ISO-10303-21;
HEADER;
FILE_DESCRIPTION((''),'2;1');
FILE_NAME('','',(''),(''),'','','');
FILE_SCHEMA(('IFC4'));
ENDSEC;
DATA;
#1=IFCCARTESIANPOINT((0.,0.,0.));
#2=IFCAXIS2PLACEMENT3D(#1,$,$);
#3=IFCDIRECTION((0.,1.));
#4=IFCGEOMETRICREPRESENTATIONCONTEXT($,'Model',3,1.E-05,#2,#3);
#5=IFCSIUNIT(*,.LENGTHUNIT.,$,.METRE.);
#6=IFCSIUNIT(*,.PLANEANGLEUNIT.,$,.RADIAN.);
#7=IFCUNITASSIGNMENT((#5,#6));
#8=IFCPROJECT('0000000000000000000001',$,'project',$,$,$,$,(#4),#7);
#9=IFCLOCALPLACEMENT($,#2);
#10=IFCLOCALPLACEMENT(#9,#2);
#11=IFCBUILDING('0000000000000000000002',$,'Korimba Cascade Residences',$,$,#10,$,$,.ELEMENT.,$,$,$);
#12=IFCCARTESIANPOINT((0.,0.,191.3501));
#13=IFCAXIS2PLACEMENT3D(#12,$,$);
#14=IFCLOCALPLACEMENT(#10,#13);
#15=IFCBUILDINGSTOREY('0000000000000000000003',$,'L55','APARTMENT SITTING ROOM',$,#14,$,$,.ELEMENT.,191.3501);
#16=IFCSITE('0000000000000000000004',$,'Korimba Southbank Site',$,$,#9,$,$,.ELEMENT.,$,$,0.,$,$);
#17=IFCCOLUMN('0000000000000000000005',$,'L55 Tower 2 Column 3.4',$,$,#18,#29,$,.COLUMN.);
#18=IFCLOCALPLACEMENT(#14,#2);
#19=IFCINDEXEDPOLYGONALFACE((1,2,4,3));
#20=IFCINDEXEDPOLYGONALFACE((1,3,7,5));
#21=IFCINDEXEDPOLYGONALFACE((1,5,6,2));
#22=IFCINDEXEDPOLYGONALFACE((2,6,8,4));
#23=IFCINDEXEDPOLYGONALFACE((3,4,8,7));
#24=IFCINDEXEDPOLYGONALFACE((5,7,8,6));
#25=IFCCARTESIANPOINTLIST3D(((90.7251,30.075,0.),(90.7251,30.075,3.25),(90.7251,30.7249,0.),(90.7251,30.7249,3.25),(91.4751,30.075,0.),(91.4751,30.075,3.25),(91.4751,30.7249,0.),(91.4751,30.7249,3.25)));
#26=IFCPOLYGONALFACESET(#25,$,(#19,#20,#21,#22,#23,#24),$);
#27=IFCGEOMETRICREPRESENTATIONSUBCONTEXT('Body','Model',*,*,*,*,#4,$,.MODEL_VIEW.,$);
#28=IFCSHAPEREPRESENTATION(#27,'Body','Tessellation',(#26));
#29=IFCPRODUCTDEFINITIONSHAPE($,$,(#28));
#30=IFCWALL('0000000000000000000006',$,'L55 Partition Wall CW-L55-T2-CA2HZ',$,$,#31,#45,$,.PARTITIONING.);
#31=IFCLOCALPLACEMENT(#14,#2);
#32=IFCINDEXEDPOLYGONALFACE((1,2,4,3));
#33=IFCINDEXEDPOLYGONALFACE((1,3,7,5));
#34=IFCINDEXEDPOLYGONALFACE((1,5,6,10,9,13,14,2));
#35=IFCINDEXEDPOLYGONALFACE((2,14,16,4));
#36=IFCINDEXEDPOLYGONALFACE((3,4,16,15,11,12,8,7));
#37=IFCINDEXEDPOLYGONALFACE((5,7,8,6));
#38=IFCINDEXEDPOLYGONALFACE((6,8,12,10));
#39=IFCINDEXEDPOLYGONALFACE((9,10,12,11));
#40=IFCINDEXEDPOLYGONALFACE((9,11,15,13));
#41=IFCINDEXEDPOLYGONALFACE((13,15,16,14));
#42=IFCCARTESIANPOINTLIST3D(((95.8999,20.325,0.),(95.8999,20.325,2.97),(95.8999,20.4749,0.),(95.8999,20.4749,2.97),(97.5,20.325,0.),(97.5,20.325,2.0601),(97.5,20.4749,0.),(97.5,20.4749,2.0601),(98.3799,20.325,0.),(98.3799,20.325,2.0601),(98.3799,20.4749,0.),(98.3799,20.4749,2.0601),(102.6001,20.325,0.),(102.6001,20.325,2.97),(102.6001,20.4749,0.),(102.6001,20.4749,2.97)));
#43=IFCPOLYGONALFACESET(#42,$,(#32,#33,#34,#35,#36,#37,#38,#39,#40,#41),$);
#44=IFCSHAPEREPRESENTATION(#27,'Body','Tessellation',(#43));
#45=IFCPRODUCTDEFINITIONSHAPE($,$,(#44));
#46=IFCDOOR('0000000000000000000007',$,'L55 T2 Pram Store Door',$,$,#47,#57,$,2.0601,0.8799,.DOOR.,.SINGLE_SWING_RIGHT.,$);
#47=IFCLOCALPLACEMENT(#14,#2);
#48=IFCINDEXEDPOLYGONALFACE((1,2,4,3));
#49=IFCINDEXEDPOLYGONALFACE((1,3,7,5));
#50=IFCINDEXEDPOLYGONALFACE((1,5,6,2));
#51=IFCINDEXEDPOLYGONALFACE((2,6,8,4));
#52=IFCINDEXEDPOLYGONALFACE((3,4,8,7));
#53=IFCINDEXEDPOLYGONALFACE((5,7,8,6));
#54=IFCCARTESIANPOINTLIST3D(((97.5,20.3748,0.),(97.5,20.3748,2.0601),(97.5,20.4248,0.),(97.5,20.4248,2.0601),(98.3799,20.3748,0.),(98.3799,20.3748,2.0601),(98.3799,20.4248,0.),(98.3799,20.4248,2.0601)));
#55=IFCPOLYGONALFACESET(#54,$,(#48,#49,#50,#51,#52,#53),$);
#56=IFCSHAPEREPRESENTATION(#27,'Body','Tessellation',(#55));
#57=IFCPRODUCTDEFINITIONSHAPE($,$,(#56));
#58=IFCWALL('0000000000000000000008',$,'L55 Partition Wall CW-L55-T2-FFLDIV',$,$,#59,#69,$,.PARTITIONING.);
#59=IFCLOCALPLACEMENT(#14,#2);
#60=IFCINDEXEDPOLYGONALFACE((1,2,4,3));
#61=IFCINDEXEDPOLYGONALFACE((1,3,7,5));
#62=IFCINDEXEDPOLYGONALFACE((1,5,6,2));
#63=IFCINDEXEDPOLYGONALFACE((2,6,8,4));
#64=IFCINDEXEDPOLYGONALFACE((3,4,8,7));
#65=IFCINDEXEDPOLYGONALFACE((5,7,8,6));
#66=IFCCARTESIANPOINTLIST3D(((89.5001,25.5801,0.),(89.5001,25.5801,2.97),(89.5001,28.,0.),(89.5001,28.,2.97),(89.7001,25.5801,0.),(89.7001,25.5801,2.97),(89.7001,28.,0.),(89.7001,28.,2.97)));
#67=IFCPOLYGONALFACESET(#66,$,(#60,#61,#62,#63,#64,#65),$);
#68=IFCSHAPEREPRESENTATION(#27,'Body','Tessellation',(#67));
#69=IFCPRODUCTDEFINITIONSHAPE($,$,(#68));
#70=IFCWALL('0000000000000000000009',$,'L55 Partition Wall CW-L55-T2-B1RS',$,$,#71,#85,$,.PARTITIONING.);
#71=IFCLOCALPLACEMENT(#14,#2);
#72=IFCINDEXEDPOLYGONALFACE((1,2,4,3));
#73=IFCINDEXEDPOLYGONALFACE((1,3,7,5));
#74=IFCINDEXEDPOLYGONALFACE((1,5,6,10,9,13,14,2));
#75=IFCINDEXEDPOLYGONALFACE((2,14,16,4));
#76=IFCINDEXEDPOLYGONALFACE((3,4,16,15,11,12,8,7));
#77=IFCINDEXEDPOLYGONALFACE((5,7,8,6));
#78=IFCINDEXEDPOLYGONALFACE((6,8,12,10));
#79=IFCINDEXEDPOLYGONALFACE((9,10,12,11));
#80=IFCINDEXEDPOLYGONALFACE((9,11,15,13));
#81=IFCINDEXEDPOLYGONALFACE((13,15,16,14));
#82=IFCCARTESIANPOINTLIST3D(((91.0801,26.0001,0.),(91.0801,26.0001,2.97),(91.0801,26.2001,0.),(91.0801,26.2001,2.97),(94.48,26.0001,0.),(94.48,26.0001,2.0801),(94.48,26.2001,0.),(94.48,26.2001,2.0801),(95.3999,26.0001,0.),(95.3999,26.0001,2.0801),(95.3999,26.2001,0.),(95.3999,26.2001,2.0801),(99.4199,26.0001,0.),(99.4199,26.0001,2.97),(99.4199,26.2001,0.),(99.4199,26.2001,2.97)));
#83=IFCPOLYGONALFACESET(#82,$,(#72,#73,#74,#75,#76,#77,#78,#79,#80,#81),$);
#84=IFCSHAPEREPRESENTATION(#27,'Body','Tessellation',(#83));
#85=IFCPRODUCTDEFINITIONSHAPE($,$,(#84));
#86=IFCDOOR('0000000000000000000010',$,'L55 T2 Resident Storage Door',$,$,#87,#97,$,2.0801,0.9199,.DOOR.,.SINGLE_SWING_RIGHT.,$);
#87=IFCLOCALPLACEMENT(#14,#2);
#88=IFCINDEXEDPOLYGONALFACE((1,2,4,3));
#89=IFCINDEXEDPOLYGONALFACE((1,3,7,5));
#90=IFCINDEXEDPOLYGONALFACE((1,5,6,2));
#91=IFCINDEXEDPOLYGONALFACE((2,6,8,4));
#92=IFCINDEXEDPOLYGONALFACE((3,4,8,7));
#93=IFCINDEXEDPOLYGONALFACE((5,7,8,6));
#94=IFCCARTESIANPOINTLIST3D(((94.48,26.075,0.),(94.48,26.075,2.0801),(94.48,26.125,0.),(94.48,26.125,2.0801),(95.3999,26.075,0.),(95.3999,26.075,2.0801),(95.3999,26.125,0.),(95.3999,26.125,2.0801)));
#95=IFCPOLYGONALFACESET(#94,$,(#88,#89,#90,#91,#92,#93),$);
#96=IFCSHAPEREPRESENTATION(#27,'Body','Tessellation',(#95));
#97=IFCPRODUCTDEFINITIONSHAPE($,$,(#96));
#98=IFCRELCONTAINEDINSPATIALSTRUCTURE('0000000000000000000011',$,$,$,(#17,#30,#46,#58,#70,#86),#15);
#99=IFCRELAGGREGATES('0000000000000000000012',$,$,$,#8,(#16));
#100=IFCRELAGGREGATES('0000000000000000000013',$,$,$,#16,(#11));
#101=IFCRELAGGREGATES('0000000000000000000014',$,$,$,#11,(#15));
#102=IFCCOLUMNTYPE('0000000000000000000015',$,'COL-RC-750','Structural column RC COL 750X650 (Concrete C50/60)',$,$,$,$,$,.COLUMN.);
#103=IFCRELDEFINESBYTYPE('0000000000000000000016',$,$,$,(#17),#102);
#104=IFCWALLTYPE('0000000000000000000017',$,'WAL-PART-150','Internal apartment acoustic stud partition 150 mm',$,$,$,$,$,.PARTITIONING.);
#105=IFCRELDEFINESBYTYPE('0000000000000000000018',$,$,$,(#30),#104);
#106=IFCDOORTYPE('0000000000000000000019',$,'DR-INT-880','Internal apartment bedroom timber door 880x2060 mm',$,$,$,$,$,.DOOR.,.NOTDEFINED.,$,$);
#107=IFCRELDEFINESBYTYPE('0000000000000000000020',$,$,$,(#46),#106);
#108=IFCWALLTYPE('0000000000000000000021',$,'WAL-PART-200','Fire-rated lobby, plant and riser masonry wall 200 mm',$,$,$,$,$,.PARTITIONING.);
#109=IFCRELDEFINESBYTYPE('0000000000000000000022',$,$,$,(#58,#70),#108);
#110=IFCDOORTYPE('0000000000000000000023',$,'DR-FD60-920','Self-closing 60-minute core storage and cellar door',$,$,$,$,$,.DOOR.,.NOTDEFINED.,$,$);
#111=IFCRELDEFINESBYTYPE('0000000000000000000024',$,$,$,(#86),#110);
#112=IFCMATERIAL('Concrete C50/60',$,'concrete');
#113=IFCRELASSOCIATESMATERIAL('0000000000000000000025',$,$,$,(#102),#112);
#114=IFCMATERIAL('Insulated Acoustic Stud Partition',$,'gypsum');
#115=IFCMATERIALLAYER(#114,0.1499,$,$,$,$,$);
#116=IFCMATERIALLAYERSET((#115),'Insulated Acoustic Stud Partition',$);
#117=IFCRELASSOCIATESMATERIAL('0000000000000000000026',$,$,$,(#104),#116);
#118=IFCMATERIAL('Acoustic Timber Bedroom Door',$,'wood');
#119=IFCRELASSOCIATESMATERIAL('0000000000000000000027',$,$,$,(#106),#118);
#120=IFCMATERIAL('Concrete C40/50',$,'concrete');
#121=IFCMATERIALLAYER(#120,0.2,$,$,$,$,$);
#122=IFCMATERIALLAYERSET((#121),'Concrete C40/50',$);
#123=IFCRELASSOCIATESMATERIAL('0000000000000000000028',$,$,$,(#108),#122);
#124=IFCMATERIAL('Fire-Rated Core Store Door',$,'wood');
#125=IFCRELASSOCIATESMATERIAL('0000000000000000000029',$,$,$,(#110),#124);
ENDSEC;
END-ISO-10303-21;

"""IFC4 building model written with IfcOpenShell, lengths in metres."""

from ifc_helpers import new_model, si_unit, direction, frame, frame_2d, origin, origin_2d, place, context, subcontext, project, spatial, rectangle, extrude, material, layer, layer_set, material_profile, profile_set, type_object, element, fill, save


model = new_model("IFC4")

# Units and contexts
model_context = context("Model", 3, precision=1e-05, world=origin(), true_north=direction((0.0, 1.0)))
body_context = subcontext(model_context, "Body", "Model", "MODEL_VIEW")
ifc_project = project(units=[si_unit("LENGTHUNIT", "METRE"), si_unit("PLANEANGLEUNIT", "RADIAN")], contexts=[model_context])

# Site, building, storey
site_placement = place(None, origin())
site = spatial("IfcSite", under=ifc_project, at=site_placement, Name="Korimba Southbank Site", CompositionType="ELEMENT", RefElevation=0.0)
building_placement = place(site_placement, origin())
building = spatial("IfcBuilding", under=site, at=building_placement, Name="Korimba Cascade Residences", CompositionType="ELEMENT")
storey_placement = place(building_placement, frame((0.0, 0.0, 191.3501)))
storey = spatial("IfcBuildingStorey", under=building, at=storey_placement, Name="L55", Description="APARTMENT SITTING ROOM", CompositionType="ELEMENT", Elevation=191.3501)

# Column
ifc_material_1 = material(Name="Concrete C50/60", Category="concrete")
ifc_material_profile = material_profile(ifc_material_1, rectangle(XDim=0.75, YDim=0.6499, at=origin_2d()), Name="Concrete C50/60")
ifc_profile_set = profile_set([ifc_material_profile], Name="Concrete C50/60")
column_type = type_object("IfcColumnType", Name="COL-RC-750", Description="Structural column RC COL 750X650 (Concrete C50/60)", PredefinedType="COLUMN", material=ifc_profile_set)
column_placement = place(storey_placement, frame((91.1001, 30.3999, 0.0), z_axis=(0.0, 0.0, 1.0), x_axis=(1.0, 0.0, 0.0)))
element("IfcColumn", 1, at=column_placement, inside=storey, type_object=column_type, Name="L55 Tower 2 Column 3.4", PredefinedType="COLUMN", context=body_context, shape_type="SweptSolid", body=[
    extrude(rectangle(XDim=0.75, YDim=0.6499, at=origin_2d()), origin(), (0.0, 0.0, 1.0), 3.25),
])

# Wall, opening, door
ifc_material_2 = material(Name="Insulated Acoustic Stud Partition", Category="gypsum")
ifc_layer_1 = layer(ifc_material_2, 0.1499)
ifc_layer_set_1 = layer_set([ifc_layer_1], Name="Insulated Acoustic Stud Partition")
wall_type_1 = type_object("IfcWallType", Name="WAL-PART-150", Description="Internal apartment acoustic stud partition 150 mm", PredefinedType="PARTITIONING", material=ifc_layer_set_1)
wall_1_placement = place(storey_placement, frame((95.8999, 20.3999, 0.0), z_axis=(0.0, 0.0, 1.0), x_axis=(1.0, 0.0, 0.0)))
wall_1 = element("IfcWall", 2, at=wall_1_placement, inside=storey, type_object=wall_type_1, Name="L55 Partition Wall CW-L55-T2-CA2HZ", PredefinedType="PARTITIONING", context=body_context, shape_type="SweptSolid", body=[
    extrude(rectangle(XDim=6.7002, YDim=0.1499, at=frame_2d((3.3501, 0.0))), origin(), (0.0, 0.0, 1.0), 2.97),
])
opening_1_placement = place(wall_1_placement, frame((1.6001, 0.0, 0.0)))
opening_1 = element("IfcOpeningElement", 3, at=opening_1_placement, cuts=wall_1, PredefinedType="OPENING", context=body_context, shape_type="SweptSolid", body=[
    extrude(rectangle(XDim=0.8799, YDim=2.0601, at=frame_2d((0.4399, 1.03))), frame((0.0, 0.085, 0.0), z_axis=(0.0, -1.0, 0.0), x_axis=(1.0, 0.0, 0.0)), (0.0, 0.0, 1.0), 0.1699),
])
ifc_material_3 = material(Name="Acoustic Timber Bedroom Door", Category="wood")
door_type_1 = type_object("IfcDoorType", Name="DR-INT-880", Description="Internal apartment bedroom timber door 880x2060 mm", OperationType="NOTDEFINED", PredefinedType="DOOR", material=ifc_material_3)
door_1_placement = place(opening_1_placement, origin())
door_1 = element("IfcDoor", 4, at=door_1_placement, inside=storey, type_object=door_type_1, Name="L55 T2 Pram Store Door", OperationType="SINGLE_SWING_RIGHT", OverallHeight=2.0601, OverallWidth=0.8799, PredefinedType="DOOR", context=body_context, shape_type="SweptSolid", body=[
    extrude(rectangle(XDim=0.8799, YDim=2.0601, at=frame_2d((0.4399, 1.03))), frame((0.0, 0.0249, 0.0), z_axis=(0.0, -1.0, 0.0), x_axis=(1.0, 0.0, 0.0)), (0.0, 0.0, 1.0), 0.05),
])
fill(opening_1, door_1)

# Wall
ifc_material_4 = material(Name="Concrete C40/50", Category="concrete")
ifc_layer_2 = layer(ifc_material_4, 0.2)
ifc_layer_set_2 = layer_set([ifc_layer_2], Name="Concrete C40/50")
wall_type_2 = type_object("IfcWallType", Name="WAL-PART-200", Description="Fire-rated lobby, plant and riser masonry wall 200 mm", PredefinedType="PARTITIONING", material=ifc_layer_set_2)
wall_2_placement = place(storey_placement, frame((89.6001, 25.5801, 0.0), z_axis=(0.0, 0.0, 1.0), x_axis=(0.0, 1.0, 0.0)))
element("IfcWall", 5, at=wall_2_placement, inside=storey, type_object=wall_type_2, Name="L55 Partition Wall CW-L55-T2-FFLDIV", PredefinedType="PARTITIONING", context=body_context, shape_type="SweptSolid", body=[
    extrude(rectangle(XDim=2.4199, YDim=0.2, at=frame_2d((1.21, 0.0))), origin(), (0.0, 0.0, 1.0), 2.97),
])

# Wall, opening, door
wall_3_placement = place(storey_placement, frame((91.0801, 26.1001, 0.0), z_axis=(0.0, 0.0, 1.0), x_axis=(1.0, 0.0, 0.0)))
wall_3 = element("IfcWall", 6, at=wall_3_placement, inside=storey, type_object=wall_type_2, Name="L55 Partition Wall CW-L55-T2-B1RS", PredefinedType="PARTITIONING", context=body_context, shape_type="SweptSolid", body=[
    extrude(rectangle(XDim=8.3398, YDim=0.2, at=frame_2d((4.1699, 0.0))), origin(), (0.0, 0.0, 1.0), 2.97),
])
opening_2_placement = place(wall_3_placement, frame((3.3999, 0.0, 0.0)))
opening_2 = element("IfcOpeningElement", 7, at=opening_2_placement, cuts=wall_3, PredefinedType="OPENING", context=body_context, shape_type="SweptSolid", body=[
    extrude(rectangle(XDim=0.9199, YDim=2.0801, at=frame_2d((0.46, 1.04))), frame((0.0, 0.1099, 0.0), z_axis=(0.0, -1.0, 0.0), x_axis=(1.0, 0.0, 0.0)), (0.0, 0.0, 1.0), 0.22),
])
ifc_material_5 = material(Name="Fire-Rated Core Store Door", Category="wood")
door_type_2 = type_object("IfcDoorType", Name="DR-FD60-920", Description="Self-closing 60-minute core storage and cellar door", OperationType="NOTDEFINED", PredefinedType="DOOR", material=ifc_material_5)
door_2_placement = place(opening_2_placement, origin())
door_2 = element("IfcDoor", 8, at=door_2_placement, inside=storey, type_object=door_type_2, Name="L55 T2 Resident Storage Door", OperationType="SINGLE_SWING_RIGHT", OverallHeight=2.0801, OverallWidth=0.9199, PredefinedType="DOOR", context=body_context, shape_type="SweptSolid", body=[
    extrude(rectangle(XDim=0.9199, YDim=2.0801, at=frame_2d((0.46, 1.04))), frame((0.0, 0.0249, 0.0), z_axis=(0.0, -1.0, 0.0), x_axis=(1.0, 0.0, 0.0)), (0.0, 0.0, 1.0), 0.05),
])
fill(opening_2, door_2)

save(model, "model.ifc")
